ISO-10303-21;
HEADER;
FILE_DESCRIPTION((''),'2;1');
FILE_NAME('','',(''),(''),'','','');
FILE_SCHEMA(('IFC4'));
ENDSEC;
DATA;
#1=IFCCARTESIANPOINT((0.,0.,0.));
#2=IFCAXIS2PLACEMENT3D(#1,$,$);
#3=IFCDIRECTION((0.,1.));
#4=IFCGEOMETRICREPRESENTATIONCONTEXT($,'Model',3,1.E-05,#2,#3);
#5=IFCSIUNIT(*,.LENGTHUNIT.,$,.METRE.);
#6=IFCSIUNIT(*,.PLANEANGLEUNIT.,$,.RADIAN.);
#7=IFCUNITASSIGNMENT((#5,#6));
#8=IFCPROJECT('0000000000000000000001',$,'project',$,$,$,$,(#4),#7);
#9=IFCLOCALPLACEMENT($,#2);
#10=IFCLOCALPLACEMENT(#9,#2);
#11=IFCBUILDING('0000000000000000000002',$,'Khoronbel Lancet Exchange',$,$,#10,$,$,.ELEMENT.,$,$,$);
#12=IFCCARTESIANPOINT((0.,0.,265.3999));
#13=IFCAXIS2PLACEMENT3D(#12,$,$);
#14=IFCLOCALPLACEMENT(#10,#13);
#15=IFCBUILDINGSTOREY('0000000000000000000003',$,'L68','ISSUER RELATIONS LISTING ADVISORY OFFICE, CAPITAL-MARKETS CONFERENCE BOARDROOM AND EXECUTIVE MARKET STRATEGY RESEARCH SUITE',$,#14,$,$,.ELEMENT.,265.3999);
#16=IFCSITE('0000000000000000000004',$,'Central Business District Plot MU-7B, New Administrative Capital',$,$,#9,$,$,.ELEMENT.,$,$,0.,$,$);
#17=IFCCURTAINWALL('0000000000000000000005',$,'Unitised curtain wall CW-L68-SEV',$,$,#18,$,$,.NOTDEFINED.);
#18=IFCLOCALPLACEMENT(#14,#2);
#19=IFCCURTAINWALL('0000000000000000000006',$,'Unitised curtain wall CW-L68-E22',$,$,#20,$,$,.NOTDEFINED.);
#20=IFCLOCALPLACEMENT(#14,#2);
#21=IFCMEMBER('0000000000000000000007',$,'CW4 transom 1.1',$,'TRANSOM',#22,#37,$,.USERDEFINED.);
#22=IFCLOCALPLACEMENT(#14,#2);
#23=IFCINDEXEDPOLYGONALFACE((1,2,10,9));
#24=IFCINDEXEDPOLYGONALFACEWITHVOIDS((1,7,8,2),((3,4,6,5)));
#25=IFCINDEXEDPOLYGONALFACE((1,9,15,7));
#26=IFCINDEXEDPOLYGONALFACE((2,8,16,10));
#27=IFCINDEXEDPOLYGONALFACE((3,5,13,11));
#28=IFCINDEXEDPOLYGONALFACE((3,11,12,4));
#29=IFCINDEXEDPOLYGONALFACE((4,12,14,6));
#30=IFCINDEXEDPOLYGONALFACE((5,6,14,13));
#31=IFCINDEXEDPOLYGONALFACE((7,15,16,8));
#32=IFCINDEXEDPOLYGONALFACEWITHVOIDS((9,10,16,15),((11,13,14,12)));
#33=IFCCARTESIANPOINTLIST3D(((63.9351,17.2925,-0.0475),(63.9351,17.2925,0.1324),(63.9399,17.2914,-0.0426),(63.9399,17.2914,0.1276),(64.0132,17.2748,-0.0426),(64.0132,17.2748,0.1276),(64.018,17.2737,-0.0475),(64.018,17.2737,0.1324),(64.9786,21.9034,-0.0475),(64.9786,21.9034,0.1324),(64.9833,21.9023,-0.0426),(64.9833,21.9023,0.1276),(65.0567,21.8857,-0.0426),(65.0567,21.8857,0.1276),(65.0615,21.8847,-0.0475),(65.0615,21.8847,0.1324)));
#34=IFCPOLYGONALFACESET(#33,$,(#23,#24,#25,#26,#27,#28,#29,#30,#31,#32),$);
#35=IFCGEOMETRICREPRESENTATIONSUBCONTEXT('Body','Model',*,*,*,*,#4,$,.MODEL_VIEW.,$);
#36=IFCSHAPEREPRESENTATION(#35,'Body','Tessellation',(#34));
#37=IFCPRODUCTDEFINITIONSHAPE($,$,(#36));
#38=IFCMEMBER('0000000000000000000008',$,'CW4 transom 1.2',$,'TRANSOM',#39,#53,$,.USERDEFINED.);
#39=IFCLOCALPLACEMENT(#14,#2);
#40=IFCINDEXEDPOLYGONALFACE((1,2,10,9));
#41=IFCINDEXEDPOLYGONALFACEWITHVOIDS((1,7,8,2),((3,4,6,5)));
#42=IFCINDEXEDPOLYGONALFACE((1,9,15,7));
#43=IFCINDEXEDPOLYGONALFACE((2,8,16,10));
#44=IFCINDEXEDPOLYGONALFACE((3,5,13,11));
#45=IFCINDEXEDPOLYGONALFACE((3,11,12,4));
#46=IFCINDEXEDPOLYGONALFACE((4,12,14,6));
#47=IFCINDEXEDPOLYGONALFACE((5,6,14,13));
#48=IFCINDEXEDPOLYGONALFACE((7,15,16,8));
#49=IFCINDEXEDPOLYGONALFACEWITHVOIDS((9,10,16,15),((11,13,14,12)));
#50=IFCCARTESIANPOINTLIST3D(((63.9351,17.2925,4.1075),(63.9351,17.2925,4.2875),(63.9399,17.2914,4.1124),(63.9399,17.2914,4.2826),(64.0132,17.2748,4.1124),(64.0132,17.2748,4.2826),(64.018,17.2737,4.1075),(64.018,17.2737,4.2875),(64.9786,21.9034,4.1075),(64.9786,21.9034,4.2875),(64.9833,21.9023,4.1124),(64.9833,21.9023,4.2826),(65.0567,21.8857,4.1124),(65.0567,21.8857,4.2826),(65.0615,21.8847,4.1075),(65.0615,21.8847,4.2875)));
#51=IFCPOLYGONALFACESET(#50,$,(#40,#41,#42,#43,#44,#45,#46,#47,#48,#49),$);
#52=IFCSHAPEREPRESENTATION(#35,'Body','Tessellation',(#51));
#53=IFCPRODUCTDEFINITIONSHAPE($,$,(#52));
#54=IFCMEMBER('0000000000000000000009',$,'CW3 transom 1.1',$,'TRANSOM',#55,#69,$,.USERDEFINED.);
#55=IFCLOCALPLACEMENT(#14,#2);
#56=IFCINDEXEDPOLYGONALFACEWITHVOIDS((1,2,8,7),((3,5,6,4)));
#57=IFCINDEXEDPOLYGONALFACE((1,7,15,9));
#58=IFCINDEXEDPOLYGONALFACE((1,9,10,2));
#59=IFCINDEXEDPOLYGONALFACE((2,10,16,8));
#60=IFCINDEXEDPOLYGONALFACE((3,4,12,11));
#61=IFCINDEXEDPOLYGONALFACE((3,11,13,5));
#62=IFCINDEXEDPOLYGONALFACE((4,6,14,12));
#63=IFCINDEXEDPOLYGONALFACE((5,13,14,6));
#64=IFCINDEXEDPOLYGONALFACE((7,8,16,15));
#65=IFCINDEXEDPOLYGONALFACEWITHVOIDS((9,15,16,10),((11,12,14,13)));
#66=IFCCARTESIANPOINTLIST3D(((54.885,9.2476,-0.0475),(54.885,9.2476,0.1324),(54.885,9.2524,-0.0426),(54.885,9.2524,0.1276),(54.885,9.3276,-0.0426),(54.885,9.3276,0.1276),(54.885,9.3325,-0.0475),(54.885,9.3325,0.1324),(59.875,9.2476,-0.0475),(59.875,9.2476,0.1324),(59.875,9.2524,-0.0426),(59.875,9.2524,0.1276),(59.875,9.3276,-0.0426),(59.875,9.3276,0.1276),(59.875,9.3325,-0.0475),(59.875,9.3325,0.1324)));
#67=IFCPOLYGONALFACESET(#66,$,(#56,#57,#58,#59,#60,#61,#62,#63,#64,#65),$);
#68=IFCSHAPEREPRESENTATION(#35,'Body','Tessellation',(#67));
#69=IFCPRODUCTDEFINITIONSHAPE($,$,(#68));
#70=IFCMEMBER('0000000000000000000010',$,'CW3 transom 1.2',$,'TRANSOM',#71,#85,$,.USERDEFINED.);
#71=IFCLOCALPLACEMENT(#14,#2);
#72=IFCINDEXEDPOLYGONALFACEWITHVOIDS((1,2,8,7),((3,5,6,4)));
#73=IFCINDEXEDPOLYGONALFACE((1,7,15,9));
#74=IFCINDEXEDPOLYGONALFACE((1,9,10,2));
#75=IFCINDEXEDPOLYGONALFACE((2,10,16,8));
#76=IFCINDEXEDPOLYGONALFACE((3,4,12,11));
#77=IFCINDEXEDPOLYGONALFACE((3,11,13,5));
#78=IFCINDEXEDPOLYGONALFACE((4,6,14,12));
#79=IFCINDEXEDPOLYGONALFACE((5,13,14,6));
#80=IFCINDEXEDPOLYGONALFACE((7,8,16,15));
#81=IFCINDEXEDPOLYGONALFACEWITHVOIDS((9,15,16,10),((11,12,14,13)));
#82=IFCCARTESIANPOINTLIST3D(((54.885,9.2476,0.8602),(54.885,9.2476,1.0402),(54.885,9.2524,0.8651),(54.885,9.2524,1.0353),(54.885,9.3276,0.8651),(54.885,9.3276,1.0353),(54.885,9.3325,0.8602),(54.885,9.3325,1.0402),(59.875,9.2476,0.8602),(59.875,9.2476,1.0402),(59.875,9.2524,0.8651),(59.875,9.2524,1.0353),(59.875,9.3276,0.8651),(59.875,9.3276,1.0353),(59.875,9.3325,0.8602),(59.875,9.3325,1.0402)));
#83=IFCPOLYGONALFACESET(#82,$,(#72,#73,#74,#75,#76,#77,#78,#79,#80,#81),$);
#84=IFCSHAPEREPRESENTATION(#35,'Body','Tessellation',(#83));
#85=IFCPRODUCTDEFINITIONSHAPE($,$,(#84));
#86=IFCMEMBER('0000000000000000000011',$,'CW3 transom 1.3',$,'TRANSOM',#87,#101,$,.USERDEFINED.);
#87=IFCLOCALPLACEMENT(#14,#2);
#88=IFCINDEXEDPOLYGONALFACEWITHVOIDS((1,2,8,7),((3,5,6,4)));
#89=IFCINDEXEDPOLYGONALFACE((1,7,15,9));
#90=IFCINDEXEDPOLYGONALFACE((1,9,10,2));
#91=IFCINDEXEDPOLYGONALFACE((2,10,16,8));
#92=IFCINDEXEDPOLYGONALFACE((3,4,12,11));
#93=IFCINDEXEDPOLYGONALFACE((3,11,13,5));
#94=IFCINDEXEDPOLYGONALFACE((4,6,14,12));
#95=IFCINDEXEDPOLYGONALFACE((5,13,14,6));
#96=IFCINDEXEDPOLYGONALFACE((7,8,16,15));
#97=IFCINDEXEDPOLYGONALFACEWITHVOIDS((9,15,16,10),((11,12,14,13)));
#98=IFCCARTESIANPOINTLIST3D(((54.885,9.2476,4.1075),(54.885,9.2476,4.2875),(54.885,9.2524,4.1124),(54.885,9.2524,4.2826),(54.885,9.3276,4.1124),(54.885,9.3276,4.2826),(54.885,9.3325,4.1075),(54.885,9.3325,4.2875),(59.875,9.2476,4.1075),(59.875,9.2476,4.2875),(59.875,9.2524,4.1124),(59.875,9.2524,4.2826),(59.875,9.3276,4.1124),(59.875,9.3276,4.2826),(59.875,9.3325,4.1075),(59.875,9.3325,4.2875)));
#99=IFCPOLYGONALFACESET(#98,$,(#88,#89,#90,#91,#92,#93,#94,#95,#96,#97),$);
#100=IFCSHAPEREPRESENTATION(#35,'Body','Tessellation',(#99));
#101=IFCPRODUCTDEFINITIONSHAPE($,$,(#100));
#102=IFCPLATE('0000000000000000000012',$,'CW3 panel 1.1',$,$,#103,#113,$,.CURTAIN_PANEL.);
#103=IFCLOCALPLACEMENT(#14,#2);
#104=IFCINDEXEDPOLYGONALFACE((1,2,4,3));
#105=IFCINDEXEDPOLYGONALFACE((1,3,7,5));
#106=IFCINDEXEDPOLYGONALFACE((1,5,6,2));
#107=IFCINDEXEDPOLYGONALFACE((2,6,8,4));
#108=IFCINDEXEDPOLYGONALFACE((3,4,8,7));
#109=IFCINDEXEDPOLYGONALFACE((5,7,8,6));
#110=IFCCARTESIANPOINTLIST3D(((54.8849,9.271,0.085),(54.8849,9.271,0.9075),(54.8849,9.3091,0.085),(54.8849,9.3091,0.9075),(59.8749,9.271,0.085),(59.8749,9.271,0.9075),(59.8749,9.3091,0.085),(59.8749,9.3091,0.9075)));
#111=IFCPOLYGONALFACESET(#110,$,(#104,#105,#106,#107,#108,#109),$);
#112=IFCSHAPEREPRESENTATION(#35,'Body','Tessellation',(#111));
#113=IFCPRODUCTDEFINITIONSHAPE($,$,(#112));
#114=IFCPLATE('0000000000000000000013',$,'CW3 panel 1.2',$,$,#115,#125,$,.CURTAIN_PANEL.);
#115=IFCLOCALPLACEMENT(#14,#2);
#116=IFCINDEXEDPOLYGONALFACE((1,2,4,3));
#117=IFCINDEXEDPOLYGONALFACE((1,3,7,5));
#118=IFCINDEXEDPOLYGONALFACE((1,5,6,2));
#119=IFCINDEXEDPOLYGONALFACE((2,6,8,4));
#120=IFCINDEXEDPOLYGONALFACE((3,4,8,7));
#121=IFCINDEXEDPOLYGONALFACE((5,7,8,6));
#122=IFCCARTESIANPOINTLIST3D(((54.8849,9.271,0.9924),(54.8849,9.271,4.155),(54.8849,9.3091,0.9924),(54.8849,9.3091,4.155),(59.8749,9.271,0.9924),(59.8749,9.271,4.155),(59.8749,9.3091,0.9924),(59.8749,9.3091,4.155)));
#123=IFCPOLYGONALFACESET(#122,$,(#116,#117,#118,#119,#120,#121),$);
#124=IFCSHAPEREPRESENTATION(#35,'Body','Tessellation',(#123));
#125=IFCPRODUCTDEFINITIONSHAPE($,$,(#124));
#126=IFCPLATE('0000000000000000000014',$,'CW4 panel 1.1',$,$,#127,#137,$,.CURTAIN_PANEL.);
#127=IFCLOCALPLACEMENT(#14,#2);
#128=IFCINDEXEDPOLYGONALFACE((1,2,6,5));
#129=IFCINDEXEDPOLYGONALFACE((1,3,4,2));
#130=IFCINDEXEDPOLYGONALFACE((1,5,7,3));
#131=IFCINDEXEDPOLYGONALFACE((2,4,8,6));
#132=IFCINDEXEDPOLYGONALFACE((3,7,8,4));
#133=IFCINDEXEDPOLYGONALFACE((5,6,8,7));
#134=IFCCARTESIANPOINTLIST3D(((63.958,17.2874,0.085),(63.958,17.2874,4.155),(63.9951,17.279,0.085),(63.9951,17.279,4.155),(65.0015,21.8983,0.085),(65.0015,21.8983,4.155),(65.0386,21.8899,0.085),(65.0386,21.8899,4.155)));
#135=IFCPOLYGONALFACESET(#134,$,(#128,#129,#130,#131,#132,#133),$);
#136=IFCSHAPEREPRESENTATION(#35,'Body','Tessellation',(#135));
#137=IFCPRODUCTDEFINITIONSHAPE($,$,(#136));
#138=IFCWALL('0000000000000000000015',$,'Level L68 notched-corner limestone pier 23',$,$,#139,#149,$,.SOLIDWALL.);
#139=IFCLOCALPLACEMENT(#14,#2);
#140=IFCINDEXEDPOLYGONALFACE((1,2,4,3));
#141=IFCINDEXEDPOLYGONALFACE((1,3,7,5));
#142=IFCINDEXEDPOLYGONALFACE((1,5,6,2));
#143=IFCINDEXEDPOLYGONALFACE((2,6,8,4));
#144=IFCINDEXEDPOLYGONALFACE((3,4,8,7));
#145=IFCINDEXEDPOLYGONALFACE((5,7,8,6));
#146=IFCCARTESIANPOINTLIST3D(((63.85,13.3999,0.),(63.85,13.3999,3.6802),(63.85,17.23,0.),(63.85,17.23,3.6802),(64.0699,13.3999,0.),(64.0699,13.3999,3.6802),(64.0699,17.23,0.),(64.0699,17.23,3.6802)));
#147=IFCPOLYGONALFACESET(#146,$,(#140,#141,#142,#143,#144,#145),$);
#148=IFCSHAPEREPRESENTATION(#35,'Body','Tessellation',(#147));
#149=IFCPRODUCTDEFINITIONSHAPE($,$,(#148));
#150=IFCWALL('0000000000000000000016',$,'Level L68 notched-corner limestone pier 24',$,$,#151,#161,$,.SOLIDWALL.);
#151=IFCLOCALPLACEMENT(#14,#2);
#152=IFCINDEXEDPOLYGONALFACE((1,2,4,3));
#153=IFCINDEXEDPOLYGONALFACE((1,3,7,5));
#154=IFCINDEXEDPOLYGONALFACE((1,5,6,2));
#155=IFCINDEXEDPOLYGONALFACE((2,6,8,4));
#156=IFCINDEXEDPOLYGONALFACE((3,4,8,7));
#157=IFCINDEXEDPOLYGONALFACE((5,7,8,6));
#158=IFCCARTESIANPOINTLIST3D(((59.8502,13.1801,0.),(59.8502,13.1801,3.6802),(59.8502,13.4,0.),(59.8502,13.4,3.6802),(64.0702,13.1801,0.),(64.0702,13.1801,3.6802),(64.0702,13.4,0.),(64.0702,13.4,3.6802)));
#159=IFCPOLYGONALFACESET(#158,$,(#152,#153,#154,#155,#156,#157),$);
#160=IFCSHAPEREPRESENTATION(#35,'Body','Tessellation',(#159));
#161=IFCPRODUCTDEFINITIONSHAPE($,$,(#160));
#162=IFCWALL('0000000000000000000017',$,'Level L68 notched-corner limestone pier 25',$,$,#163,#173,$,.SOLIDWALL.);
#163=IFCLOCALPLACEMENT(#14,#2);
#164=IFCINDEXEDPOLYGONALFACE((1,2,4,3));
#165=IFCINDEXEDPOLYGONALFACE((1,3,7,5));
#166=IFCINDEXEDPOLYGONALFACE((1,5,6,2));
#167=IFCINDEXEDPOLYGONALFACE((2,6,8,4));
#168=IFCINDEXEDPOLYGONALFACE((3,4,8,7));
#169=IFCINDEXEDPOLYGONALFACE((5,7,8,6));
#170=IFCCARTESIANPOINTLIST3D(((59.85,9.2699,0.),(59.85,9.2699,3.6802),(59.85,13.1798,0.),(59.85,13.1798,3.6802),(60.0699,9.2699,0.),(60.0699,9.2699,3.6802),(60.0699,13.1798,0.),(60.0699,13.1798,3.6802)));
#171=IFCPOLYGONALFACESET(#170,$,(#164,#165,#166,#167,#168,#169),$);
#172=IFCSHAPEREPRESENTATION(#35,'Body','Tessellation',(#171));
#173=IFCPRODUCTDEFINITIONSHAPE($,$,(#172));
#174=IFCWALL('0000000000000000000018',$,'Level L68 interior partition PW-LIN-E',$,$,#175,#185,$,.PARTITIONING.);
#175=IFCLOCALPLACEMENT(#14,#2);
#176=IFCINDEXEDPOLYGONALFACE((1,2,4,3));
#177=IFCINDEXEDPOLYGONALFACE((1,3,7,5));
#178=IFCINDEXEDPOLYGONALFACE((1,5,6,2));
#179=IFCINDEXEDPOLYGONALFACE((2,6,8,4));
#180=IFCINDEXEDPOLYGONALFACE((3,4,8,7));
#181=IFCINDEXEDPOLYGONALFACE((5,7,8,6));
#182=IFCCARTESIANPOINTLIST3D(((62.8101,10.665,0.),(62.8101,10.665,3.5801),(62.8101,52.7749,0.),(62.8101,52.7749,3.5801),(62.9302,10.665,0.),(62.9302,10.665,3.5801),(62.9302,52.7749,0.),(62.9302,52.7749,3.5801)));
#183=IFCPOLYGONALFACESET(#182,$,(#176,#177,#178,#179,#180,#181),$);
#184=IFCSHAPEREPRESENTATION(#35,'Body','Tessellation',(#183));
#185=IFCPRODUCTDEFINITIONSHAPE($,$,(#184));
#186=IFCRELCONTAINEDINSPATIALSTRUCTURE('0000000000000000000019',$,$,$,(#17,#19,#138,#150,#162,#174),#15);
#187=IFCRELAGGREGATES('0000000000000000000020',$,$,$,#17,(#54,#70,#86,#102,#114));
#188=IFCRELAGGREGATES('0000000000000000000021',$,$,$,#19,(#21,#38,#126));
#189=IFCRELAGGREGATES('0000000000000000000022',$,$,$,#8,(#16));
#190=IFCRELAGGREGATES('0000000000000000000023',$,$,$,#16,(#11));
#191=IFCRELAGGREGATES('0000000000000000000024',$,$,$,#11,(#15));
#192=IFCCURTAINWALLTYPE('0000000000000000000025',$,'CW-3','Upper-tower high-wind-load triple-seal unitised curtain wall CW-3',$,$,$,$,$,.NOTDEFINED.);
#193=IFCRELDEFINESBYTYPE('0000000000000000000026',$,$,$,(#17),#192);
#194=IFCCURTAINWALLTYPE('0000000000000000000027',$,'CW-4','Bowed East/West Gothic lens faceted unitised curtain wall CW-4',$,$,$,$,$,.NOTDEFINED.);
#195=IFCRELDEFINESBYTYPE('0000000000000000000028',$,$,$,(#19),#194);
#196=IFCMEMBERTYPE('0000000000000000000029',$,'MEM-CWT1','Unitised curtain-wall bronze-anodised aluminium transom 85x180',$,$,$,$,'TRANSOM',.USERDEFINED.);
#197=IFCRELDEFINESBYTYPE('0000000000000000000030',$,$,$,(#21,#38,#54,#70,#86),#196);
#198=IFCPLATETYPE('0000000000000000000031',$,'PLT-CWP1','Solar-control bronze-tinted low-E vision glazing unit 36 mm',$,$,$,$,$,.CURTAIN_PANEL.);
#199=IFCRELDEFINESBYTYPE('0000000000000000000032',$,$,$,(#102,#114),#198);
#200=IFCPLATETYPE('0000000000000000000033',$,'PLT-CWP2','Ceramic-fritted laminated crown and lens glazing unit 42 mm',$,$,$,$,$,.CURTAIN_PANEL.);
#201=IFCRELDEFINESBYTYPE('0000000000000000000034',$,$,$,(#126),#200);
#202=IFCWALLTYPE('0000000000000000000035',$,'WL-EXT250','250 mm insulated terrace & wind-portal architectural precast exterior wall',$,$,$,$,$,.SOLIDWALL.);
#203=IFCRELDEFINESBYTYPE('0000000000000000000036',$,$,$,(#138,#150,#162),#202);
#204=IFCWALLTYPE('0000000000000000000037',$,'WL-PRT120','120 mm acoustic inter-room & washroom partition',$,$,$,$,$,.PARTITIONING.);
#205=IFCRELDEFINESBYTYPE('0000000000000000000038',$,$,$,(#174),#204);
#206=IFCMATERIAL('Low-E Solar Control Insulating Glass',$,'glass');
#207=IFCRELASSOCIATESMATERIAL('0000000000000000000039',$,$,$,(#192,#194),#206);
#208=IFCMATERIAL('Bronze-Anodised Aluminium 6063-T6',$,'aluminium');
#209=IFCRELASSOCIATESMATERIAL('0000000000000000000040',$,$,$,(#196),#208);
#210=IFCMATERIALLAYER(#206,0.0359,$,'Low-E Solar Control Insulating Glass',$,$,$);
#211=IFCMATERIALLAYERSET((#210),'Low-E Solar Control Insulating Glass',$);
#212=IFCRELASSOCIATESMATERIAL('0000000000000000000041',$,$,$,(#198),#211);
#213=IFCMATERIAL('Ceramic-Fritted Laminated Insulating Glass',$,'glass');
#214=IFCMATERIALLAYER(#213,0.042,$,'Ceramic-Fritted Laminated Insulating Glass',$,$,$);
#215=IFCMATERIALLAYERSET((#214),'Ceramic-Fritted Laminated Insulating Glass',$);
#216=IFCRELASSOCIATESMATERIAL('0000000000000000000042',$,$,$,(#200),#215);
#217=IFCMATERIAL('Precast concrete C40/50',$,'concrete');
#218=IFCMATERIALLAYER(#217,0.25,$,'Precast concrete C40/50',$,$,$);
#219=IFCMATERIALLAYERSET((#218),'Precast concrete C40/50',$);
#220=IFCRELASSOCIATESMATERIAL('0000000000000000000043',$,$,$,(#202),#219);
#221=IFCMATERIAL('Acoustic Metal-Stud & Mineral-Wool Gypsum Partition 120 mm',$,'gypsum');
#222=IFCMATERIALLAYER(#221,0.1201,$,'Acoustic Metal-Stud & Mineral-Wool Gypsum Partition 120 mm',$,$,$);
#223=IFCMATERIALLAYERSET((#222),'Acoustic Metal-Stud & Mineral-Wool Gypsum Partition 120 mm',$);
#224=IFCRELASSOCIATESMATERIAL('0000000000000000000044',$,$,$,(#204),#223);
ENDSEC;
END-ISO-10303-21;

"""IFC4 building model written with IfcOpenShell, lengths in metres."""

from ifc_helpers import new_model, si_unit, direction, frame, frame_2d, origin, origin_2d, place, context, subcontext, project, spatial, rectangle, hollow_rectangle, extrude, material, layer, layer_set, material_profile, profile_set, type_object, element, aggregate, save


model = new_model("IFC4")

# Units and contexts
model_context = context("Model", 3, precision=1e-05, world=origin(), true_north=direction((0.0, 1.0)))
body_context = subcontext(model_context, "Body", "Model", "MODEL_VIEW")
ifc_project = project(units=[si_unit("LENGTHUNIT", "METRE"), si_unit("PLANEANGLEUNIT", "RADIAN")], contexts=[model_context])

# Site, building, storey
site_placement = place(None, origin())
site = spatial("IfcSite", under=ifc_project, at=site_placement, Name="Central Business District Plot MU-7B, New Administrative Capital", CompositionType="ELEMENT", RefElevation=0.0)
building_placement = place(site_placement, origin())
building = spatial("IfcBuilding", under=site, at=building_placement, Name="Khoronbel Lancet Exchange", CompositionType="ELEMENT")
storey_placement = place(building_placement, frame((0.0, 0.0, 265.3999)))
storey = spatial("IfcBuildingStorey", under=building, at=storey_placement, Name="L68", Description="ISSUER RELATIONS LISTING ADVISORY OFFICE, CAPITAL-MARKETS CONFERENCE BOARDROOM AND EXECUTIVE MARKET STRATEGY RESEARCH SUITE", CompositionType="ELEMENT", Elevation=265.3999)

# Shared definitions
ifc_material_1 = material(Name="Low-E Solar Control Insulating Glass", Category="glass")
curtain_wall_type_1 = type_object("IfcCurtainWallType", Name="CW-3", Description="Upper-tower high-wind-load triple-seal unitised curtain wall CW-3", PredefinedType="NOTDEFINED", material=ifc_material_1)
ifc_material_2 = material(Name="Bronze-Anodised Aluminium 6063-T6", Category="aluminium")

# Curtain walls, members
curtain_wall_1_placement = place(storey_placement, origin())
curtain_wall_1 = element("IfcCurtainWall", 1, at=curtain_wall_1_placement, inside=storey, type_object=curtain_wall_type_1, Name="Unitised curtain wall CW-L68-SEV", PredefinedType="NOTDEFINED")
curtain_wall_type_2 = type_object("IfcCurtainWallType", Name="CW-4", Description="Bowed East/West Gothic lens faceted unitised curtain wall CW-4", PredefinedType="NOTDEFINED", material=ifc_material_1)
curtain_wall_2_placement = place(storey_placement, origin())
curtain_wall_2 = element("IfcCurtainWall", 2, at=curtain_wall_2_placement, inside=storey, type_object=curtain_wall_type_2, Name="Unitised curtain wall CW-L68-E22", PredefinedType="NOTDEFINED")
ifc_material_profile_1 = material_profile(ifc_material_2, hollow_rectangle(XDim=0.085, YDim=0.1799, WallThickness=0.0049, at=origin_2d()), Name="ALU TRANSOM 85x180")
ifc_profile_set_1 = profile_set([ifc_material_profile_1], Name="Bronze-Anodised Aluminium 6063-T6")
member_type_1 = type_object("IfcMemberType", Name="MEM-CWT1", Description="Unitised curtain-wall bronze-anodised aluminium transom 85x180", ElementType="TRANSOM", PredefinedType="USERDEFINED", material=ifc_profile_set_1)
member_1_placement = place(storey_placement, frame((65.02, 21.894, 0.0425), z_axis=(-0.220724, -0.975336, 0.0), x_axis=(0.975336, -0.220724, 0.0)))
member_1 = element("IfcMember", 3, at=member_1_placement, type_object=member_type_1, Name="CW4 transom 1.1", ObjectType="TRANSOM", PredefinedType="USERDEFINED", context=body_context, shape_type="SweptSolid", body=[
    extrude(hollow_rectangle(XDim=0.085, YDim=0.1799, WallThickness=0.0049, at=origin_2d()), origin(), (0.0, 0.0, 1.0), 4.7275),
])
member_2_placement = place(storey_placement, frame((65.02, 21.894, 4.1975), z_axis=(-0.220724, -0.975336, 0.0), x_axis=(0.975336, -0.220724, 0.0)))
member_2 = element("IfcMember", 4, at=member_2_placement, type_object=member_type_1, Name="CW4 transom 1.2", ObjectType="TRANSOM", PredefinedType="USERDEFINED", context=body_context, shape_type="SweptSolid", body=[
    extrude(hollow_rectangle(XDim=0.085, YDim=0.1799, WallThickness=0.0049, at=origin_2d()), origin(), (0.0, 0.0, 1.0), 4.7275),
])

# Members
member_3_placement = place(storey_placement, frame((54.885, 9.29, 0.0425), z_axis=(1.0, 0.0, 0.0), x_axis=(0.0, 1.0, 0.0)))
member_3 = element("IfcMember", 5, at=member_3_placement, type_object=member_type_1, Name="CW3 transom 1.1", ObjectType="TRANSOM", PredefinedType="USERDEFINED", context=body_context, shape_type="SweptSolid", body=[
    extrude(hollow_rectangle(XDim=0.085, YDim=0.1799, WallThickness=0.0049, at=origin_2d()), origin(), (0.0, 0.0, 1.0), 4.99),
])
member_4_placement = place(storey_placement, frame((54.885, 9.29, 0.9502), z_axis=(1.0, 0.0, 0.0), x_axis=(0.0, 1.0, 0.0)))
member_4 = element("IfcMember", 6, at=member_4_placement, type_object=member_type_1, Name="CW3 transom 1.2", ObjectType="TRANSOM", PredefinedType="USERDEFINED", context=body_context, shape_type="SweptSolid", body=[
    extrude(hollow_rectangle(XDim=0.085, YDim=0.1799, WallThickness=0.0049, at=origin_2d()), origin(), (0.0, 0.0, 1.0), 4.99),
])
member_5_placement = place(storey_placement, frame((54.885, 9.29, 4.1975), z_axis=(1.0, 0.0, 0.0), x_axis=(0.0, 1.0, 0.0)))
member_5 = element("IfcMember", 7, at=member_5_placement, type_object=member_type_1, Name="CW3 transom 1.3", ObjectType="TRANSOM", PredefinedType="USERDEFINED", context=body_context, shape_type="SweptSolid", body=[
    extrude(hollow_rectangle(XDim=0.085, YDim=0.1799, WallThickness=0.0049, at=origin_2d()), origin(), (0.0, 0.0, 1.0), 4.99),
])

# Plates
ifc_layer_1 = layer(ifc_material_1, 0.0359, Name="Low-E Solar Control Insulating Glass")
ifc_layer_set_1 = layer_set([ifc_layer_1], Name="Low-E Solar Control Insulating Glass")
plate_type_1 = type_object("IfcPlateType", Name="PLT-CWP1", Description="Solar-control bronze-tinted low-E vision glazing unit 36 mm", PredefinedType="CURTAIN_PANEL", material=ifc_layer_set_1)
plate_1_placement = place(storey_placement, frame((57.3799, 9.29, 0.085), z_axis=(0.0, 0.0, 1.0), x_axis=(1.0, 0.0, 0.0)))
plate_1 = element("IfcPlate", 8, at=plate_1_placement, type_object=plate_type_1, Name="CW3 panel 1.1", PredefinedType="CURTAIN_PANEL", context=body_context, shape_type="SweptSolid", body=[
    extrude(rectangle(XDim=4.99, YDim=0.0381, at=origin_2d()), origin(), (0.0, 0.0, 1.0), 0.8225),
])
plate_2_placement = place(storey_placement, frame((57.3799, 9.29, 0.9924), z_axis=(0.0, 0.0, 1.0), x_axis=(1.0, 0.0, 0.0)))
plate_2 = element("IfcPlate", 9, at=plate_2_placement, type_object=plate_type_1, Name="CW3 panel 1.2", PredefinedType="CURTAIN_PANEL", context=body_context, shape_type="SweptSolid", body=[
    extrude(rectangle(XDim=4.99, YDim=0.0381, at=origin_2d()), origin(), (0.0, 0.0, 1.0), 3.1626),
])
aggregate(curtain_wall_1, [member_3, member_4, member_5, plate_1, plate_2])
ifc_material_3 = material(Name="Ceramic-Fritted Laminated Insulating Glass", Category="glass")
ifc_layer_2 = layer(ifc_material_3, 0.042, Name="Ceramic-Fritted Laminated Insulating Glass")
ifc_layer_set_2 = layer_set([ifc_layer_2], Name="Ceramic-Fritted Laminated Insulating Glass")
plate_type_2 = type_object("IfcPlateType", Name="PLT-CWP2", Description="Ceramic-fritted laminated crown and lens glazing unit 42 mm", PredefinedType="CURTAIN_PANEL", material=ifc_layer_set_2)
plate_3_placement = place(storey_placement, frame((64.4983, 19.5886, 0.085), z_axis=(0.0, 0.0, 1.0), x_axis=(-0.220728, -0.975335, 0.0)))
plate_3 = element("IfcPlate", 10, at=plate_3_placement, type_object=plate_type_2, Name="CW4 panel 1.1", PredefinedType="CURTAIN_PANEL", context=body_context, shape_type="SweptSolid", body=[
    extrude(rectangle(XDim=4.7275, YDim=0.0381, at=origin_2d()), origin(), (0.0, 0.0, 1.0), 4.0701),
])
aggregate(curtain_wall_2, [member_1, member_2, plate_3])

# Walls
ifc_material_4 = material(Name="Precast concrete C40/50", Category="concrete")
ifc_layer_3 = layer(ifc_material_4, 0.25, Name="Precast concrete C40/50")
ifc_layer_set_3 = layer_set([ifc_layer_3], Name="Precast concrete C40/50")
wall_type_1 = type_object("IfcWallType", Name="WL-EXT250", Description="250 mm insulated terrace & wind-portal architectural precast exterior wall", PredefinedType="SOLIDWALL", material=ifc_layer_set_3)
wall_1_placement = place(storey_placement, frame((63.96, 17.23, 0.0), z_axis=(0.0, 0.0, 1.0), x_axis=(0.0, -1.0, 0.0)))
element("IfcWall", 11, at=wall_1_placement, inside=storey, type_object=wall_type_1, Name="Level L68 notched-corner limestone pier 23", PredefinedType="SOLIDWALL", context=body_context, shape_type="SweptSolid", body=[
    extrude(rectangle(XDim=3.8301, YDim=0.22, at=frame_2d((1.915, 0.0))), origin(), (0.0, 0.0, 1.0), 3.6802),
])
wall_2_placement = place(storey_placement, frame((64.0701, 13.29, 0.0), z_axis=(0.0, 0.0, 1.0), x_axis=(-1.0, 0.0, 0.0)))
element("IfcWall", 12, at=wall_2_placement, inside=storey, type_object=wall_type_1, Name="Level L68 notched-corner limestone pier 24", PredefinedType="SOLIDWALL", context=body_context, shape_type="SweptSolid", body=[
    extrude(rectangle(XDim=4.22, YDim=0.22, at=frame_2d((2.1099, 0.0))), origin(), (0.0, 0.0, 1.0), 3.6802),
])
wall_3_placement = place(storey_placement, frame((59.96, 13.1799, 0.0), z_axis=(0.0, 0.0, 1.0), x_axis=(0.0, -1.0, 0.0)))
element("IfcWall", 13, at=wall_3_placement, inside=storey, type_object=wall_type_1, Name="Level L68 notched-corner limestone pier 25", PredefinedType="SOLIDWALL", context=body_context, shape_type="SweptSolid", body=[
    extrude(rectangle(XDim=3.9099, YDim=0.22, at=frame_2d((1.9551, 0.0))), origin(), (0.0, 0.0, 1.0), 3.6802),
])
ifc_material_5 = material(Name="Acoustic Metal-Stud & Mineral-Wool Gypsum Partition 120 mm", Category="gypsum")
ifc_layer_4 = layer(ifc_material_5, 0.1201, Name="Acoustic Metal-Stud & Mineral-Wool Gypsum Partition 120 mm")
ifc_layer_set_4 = layer_set([ifc_layer_4], Name="Acoustic Metal-Stud & Mineral-Wool Gypsum Partition 120 mm")
wall_type_2 = type_object("IfcWallType", Name="WL-PRT120", Description="120 mm acoustic inter-room & washroom partition", PredefinedType="PARTITIONING", material=ifc_layer_set_4)
wall_4_placement = place(storey_placement, frame((62.8701, 10.665, 0.0), z_axis=(0.0, 0.0, 1.0), x_axis=(0.0, 1.0, 0.0)))
element("IfcWall", 14, at=wall_4_placement, inside=storey, type_object=wall_type_2, Name="Level L68 interior partition PW-LIN-E", PredefinedType="PARTITIONING", context=body_context, shape_type="SweptSolid", body=[
    extrude(rectangle(XDim=42.1099, YDim=0.1201, at=frame_2d((21.0549, 0.0))), origin(), (0.0, 0.0, 1.0), 3.5801),
])

save(model, "model.ifc")
